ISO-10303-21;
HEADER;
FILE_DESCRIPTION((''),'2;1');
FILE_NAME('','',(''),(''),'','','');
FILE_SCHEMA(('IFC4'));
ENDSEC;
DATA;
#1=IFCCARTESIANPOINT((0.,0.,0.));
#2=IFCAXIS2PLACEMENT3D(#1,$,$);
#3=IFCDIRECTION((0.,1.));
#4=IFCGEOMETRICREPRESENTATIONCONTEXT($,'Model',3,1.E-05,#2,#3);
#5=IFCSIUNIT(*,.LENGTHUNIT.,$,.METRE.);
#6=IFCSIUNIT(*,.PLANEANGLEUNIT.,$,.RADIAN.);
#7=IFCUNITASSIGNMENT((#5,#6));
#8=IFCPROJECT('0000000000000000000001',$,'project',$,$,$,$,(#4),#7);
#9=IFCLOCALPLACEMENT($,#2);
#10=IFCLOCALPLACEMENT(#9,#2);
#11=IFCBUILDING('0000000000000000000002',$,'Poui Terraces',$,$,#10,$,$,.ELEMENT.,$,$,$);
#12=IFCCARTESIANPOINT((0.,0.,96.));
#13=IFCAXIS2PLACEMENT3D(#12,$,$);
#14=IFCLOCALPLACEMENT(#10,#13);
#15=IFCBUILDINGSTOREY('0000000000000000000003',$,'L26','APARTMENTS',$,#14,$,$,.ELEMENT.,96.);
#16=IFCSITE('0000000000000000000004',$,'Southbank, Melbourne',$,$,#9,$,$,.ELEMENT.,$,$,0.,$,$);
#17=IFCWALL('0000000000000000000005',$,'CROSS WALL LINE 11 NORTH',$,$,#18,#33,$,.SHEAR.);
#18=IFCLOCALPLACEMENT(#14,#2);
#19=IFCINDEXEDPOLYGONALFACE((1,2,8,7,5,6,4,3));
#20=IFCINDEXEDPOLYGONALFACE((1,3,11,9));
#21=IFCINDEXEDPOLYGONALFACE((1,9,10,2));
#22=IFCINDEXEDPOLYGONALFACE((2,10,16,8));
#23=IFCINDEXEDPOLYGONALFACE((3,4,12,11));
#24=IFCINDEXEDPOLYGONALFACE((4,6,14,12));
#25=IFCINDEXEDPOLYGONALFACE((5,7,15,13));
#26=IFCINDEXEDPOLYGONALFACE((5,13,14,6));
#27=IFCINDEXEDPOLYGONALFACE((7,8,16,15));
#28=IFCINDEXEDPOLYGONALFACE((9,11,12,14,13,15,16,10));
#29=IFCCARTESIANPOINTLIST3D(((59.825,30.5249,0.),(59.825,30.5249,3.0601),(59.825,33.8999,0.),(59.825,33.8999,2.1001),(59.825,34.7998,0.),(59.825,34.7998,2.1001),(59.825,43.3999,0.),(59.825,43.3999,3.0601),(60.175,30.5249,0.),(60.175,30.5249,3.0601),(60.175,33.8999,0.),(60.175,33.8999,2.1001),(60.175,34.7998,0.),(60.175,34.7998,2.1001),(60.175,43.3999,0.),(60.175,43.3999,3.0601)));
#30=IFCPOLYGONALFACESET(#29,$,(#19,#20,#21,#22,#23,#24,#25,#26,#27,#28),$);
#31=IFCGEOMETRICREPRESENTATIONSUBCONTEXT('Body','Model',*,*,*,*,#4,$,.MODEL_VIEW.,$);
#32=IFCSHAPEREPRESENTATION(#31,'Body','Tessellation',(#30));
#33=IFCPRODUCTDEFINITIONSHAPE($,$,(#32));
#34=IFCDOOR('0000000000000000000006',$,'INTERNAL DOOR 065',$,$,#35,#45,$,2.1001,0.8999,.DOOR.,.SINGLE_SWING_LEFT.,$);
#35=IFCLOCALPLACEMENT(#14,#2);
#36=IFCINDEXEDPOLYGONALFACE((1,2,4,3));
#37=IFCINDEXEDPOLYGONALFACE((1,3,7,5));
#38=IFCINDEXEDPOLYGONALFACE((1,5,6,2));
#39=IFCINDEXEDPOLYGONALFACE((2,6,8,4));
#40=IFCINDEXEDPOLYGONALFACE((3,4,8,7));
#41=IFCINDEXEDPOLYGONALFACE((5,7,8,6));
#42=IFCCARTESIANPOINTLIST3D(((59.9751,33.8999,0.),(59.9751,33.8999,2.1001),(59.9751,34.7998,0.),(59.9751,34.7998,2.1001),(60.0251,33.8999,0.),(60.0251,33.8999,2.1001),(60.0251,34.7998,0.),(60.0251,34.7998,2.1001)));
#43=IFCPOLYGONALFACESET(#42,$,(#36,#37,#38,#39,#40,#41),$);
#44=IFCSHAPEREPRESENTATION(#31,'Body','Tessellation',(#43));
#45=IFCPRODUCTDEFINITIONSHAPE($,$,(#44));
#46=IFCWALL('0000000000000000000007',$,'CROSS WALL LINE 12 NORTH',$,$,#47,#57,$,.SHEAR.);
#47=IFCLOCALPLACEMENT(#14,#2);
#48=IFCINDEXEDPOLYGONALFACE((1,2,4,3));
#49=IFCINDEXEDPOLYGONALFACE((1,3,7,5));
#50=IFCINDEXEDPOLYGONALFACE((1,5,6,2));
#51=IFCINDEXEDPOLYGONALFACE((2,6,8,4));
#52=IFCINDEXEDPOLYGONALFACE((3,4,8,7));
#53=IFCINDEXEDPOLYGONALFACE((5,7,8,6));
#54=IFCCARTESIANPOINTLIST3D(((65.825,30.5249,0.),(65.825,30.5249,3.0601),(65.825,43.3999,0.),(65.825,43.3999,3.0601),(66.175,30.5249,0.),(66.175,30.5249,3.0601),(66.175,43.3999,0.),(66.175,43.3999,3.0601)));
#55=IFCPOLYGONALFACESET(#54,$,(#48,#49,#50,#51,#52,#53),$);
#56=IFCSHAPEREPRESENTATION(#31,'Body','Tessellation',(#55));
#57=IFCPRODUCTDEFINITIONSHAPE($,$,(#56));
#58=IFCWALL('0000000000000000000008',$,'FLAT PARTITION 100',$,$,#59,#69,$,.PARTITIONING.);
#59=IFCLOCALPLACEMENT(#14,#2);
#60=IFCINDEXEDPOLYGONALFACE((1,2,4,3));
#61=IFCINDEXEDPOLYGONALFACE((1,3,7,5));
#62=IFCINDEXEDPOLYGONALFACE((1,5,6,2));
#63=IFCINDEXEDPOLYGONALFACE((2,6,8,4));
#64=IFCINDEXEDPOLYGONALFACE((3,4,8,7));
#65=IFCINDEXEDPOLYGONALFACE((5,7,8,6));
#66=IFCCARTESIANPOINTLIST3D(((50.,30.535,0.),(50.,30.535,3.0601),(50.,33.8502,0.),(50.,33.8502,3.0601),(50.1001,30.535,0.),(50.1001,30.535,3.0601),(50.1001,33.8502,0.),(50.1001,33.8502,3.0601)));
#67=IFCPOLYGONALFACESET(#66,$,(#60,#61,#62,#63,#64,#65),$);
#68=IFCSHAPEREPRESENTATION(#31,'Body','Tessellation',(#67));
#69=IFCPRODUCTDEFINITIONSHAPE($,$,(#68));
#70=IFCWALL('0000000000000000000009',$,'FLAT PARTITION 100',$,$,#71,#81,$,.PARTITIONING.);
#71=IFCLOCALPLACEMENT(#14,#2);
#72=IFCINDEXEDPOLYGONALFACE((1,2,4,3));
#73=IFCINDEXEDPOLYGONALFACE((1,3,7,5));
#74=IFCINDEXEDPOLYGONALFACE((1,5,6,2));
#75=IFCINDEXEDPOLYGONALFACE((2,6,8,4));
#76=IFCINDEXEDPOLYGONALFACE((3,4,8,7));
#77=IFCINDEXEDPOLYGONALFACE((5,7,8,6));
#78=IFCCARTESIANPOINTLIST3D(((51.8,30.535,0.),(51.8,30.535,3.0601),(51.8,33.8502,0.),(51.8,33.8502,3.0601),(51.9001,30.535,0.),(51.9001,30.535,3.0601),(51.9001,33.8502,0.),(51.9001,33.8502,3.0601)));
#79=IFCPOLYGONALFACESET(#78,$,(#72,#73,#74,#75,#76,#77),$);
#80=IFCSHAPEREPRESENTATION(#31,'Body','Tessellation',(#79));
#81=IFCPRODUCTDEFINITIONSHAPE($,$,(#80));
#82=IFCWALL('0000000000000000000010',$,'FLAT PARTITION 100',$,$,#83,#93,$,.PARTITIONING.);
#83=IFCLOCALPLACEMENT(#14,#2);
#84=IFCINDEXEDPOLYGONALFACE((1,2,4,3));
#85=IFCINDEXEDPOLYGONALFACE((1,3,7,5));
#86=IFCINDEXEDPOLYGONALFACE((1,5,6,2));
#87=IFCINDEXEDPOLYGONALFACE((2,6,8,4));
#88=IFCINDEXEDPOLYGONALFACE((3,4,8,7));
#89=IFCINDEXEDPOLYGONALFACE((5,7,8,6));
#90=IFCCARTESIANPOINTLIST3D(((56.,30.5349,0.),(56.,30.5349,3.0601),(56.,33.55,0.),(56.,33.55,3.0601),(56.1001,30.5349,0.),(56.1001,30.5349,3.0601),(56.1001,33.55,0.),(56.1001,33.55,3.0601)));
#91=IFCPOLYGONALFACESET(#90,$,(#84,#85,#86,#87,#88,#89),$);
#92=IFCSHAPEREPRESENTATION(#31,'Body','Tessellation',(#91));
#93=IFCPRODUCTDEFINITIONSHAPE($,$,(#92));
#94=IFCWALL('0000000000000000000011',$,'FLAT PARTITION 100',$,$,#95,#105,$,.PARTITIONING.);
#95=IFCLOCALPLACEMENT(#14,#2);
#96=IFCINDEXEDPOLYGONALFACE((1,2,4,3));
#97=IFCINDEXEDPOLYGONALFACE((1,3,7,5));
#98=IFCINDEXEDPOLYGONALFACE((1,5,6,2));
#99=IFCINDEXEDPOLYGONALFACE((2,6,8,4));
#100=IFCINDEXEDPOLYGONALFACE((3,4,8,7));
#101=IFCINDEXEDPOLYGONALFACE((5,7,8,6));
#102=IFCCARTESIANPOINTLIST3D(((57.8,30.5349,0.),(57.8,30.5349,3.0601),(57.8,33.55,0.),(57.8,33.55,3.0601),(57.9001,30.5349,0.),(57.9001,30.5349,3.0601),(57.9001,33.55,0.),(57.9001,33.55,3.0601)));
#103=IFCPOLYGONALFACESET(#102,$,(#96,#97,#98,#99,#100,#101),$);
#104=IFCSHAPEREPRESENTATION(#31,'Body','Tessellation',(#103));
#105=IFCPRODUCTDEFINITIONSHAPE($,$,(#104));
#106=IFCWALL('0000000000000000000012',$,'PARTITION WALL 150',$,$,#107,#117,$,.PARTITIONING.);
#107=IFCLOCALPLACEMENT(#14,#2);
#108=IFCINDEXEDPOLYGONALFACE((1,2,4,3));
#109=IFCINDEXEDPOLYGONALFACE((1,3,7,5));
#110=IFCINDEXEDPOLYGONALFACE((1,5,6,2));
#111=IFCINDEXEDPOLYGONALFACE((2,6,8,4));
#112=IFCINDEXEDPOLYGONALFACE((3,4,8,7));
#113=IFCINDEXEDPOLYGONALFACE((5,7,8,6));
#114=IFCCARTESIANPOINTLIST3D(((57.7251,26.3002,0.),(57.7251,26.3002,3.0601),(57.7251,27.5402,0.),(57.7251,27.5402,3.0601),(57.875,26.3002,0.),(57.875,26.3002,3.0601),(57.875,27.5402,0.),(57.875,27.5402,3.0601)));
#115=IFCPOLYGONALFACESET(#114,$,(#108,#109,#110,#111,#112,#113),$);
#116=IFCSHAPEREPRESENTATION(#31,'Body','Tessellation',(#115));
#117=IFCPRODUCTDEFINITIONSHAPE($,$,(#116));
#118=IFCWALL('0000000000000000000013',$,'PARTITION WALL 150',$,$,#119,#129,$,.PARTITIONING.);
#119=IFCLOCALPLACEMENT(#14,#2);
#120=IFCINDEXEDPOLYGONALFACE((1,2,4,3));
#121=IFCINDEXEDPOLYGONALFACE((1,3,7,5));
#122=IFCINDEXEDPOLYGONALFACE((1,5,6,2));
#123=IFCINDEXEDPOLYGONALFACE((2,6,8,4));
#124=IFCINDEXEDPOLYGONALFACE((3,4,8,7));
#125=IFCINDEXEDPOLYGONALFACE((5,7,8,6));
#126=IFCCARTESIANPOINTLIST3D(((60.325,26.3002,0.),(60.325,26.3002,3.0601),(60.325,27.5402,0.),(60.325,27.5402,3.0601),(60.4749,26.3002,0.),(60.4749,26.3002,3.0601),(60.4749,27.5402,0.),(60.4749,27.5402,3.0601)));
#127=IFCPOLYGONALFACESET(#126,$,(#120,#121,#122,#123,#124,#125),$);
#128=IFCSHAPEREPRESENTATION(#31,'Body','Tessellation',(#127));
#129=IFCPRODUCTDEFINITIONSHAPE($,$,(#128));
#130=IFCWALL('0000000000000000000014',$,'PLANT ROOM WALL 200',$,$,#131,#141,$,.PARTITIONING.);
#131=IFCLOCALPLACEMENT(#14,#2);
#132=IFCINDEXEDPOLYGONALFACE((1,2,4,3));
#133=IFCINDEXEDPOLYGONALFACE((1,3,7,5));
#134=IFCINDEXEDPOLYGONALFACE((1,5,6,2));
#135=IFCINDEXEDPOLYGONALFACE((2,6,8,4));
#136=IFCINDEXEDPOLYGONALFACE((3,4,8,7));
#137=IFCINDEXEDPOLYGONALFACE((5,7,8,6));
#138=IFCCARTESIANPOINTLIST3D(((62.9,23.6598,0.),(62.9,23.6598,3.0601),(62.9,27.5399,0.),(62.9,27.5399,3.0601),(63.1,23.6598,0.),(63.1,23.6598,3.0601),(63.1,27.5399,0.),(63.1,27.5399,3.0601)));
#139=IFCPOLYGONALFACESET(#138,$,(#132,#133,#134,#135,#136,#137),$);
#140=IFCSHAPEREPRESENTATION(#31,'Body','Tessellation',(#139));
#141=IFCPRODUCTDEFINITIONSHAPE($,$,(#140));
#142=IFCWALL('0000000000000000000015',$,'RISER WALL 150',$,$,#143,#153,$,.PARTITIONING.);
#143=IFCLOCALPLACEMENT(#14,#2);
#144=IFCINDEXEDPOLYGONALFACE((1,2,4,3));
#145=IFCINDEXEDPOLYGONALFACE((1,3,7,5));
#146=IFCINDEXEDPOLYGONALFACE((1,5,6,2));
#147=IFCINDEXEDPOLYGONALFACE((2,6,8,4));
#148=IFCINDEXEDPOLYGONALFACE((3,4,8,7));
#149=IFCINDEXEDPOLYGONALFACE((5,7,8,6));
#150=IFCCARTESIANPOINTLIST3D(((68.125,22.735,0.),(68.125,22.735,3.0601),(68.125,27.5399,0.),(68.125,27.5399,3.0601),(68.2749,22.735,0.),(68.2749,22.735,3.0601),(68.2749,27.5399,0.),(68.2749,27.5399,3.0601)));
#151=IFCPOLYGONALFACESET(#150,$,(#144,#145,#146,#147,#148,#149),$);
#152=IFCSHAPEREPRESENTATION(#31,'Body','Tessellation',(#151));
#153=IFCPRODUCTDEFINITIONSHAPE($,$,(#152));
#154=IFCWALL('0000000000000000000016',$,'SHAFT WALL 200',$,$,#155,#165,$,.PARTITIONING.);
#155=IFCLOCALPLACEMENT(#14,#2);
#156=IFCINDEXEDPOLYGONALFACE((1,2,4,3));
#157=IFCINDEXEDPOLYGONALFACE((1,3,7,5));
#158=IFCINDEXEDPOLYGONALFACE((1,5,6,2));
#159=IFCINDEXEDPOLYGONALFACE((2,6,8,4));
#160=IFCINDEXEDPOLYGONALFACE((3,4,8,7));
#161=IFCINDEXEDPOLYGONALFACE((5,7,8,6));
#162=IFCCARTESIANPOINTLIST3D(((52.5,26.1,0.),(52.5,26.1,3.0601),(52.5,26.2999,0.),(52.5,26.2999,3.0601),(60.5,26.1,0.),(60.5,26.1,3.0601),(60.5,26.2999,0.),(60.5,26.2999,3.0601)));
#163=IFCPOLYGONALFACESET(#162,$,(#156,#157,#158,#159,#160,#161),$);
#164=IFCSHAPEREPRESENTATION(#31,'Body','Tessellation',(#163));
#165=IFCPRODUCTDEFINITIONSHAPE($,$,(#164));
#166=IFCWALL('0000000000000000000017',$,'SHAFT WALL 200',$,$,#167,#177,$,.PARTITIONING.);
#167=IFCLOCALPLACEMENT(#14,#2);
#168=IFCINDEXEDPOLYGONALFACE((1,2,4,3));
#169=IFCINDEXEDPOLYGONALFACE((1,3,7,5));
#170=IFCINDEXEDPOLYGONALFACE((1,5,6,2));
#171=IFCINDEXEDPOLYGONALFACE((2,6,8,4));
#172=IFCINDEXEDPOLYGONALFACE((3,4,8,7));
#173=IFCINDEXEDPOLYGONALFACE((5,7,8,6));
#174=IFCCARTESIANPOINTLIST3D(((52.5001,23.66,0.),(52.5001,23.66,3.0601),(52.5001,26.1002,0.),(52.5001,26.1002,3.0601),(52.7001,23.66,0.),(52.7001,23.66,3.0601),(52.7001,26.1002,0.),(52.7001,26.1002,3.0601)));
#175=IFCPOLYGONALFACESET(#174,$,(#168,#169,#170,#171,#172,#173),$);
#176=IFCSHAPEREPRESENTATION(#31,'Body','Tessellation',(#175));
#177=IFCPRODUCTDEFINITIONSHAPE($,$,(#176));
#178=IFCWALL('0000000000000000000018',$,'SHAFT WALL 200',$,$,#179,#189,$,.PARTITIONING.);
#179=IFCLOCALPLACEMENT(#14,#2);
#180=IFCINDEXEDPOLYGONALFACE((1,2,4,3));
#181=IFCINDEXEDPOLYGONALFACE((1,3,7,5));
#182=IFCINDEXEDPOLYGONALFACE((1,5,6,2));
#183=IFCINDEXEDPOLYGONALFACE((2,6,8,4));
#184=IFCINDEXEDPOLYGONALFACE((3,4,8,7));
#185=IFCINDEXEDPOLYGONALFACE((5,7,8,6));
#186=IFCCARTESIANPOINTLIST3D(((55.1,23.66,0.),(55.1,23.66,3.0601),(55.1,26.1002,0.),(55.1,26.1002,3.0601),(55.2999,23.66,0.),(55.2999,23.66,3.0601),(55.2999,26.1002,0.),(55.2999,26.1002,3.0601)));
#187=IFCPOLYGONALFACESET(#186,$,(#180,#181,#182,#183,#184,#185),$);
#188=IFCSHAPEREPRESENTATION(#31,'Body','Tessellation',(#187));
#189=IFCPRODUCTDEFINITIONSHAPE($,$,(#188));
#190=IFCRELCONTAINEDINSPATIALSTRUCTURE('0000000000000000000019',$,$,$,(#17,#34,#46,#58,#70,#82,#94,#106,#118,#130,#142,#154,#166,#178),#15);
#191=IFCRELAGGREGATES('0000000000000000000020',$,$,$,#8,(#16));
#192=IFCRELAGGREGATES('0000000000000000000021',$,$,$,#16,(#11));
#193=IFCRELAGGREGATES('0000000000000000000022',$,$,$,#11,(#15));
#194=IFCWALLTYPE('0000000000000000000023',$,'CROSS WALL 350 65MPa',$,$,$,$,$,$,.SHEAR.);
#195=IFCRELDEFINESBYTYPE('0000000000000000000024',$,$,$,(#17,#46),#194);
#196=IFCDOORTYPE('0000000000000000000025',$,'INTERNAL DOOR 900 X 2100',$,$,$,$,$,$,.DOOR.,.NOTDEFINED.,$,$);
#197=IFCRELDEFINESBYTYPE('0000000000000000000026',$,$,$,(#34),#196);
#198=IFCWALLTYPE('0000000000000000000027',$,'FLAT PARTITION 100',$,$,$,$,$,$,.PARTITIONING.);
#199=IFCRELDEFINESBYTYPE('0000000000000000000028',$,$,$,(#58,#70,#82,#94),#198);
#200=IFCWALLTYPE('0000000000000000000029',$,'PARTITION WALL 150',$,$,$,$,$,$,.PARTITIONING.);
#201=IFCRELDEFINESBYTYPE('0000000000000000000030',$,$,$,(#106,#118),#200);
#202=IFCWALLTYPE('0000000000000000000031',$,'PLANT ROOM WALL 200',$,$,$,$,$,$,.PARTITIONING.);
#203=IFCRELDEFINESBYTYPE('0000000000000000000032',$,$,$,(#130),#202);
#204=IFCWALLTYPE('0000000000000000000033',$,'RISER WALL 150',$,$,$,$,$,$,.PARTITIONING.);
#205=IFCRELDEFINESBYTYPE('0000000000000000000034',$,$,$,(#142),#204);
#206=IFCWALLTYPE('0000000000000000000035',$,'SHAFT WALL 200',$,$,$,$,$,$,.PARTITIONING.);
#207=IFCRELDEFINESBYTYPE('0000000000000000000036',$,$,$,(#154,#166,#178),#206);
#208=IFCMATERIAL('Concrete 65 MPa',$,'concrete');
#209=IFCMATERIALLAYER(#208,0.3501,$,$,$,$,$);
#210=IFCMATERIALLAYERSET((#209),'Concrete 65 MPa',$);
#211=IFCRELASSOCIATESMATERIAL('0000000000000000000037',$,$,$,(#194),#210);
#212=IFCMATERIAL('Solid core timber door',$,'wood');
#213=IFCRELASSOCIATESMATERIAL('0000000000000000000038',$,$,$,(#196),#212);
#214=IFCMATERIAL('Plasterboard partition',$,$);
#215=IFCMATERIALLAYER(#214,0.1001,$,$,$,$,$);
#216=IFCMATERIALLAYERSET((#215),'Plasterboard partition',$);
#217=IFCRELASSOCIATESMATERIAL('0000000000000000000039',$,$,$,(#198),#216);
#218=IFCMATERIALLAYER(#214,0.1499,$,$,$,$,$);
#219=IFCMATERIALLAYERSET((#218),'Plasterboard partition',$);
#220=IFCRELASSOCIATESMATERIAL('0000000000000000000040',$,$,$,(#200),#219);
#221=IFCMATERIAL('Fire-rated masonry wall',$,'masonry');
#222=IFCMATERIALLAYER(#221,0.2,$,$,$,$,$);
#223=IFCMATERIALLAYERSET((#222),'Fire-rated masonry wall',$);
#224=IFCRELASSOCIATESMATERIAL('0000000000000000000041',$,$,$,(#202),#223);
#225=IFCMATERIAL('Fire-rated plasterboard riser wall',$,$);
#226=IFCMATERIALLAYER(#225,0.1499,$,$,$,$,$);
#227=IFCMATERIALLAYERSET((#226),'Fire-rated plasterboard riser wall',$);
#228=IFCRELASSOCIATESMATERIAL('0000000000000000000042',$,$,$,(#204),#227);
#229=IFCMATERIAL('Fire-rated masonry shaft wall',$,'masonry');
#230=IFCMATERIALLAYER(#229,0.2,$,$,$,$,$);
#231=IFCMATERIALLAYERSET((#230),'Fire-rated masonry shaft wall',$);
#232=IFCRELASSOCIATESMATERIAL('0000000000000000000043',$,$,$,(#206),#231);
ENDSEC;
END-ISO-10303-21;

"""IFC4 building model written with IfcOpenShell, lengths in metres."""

from ifc_helpers import new_model, si_unit, direction, frame, frame_2d, origin, place, context, subcontext, project, spatial, rectangle, extrude, material, layer, layer_set, type_object, element, fill, save


model = new_model("IFC4")

# Units and contexts
model_context = context("Model", 3, precision=1e-05, world=origin(), true_north=direction((0.0, 1.0)))
body_context = subcontext(model_context, "Body", "Model", "MODEL_VIEW")
ifc_project = project(units=[si_unit("LENGTHUNIT", "METRE"), si_unit("PLANEANGLEUNIT", "RADIAN")], contexts=[model_context])

# Site, building, storey
site_placement = place(None, origin())
site = spatial("IfcSite", under=ifc_project, at=site_placement, Name="Southbank, Melbourne", CompositionType="ELEMENT", RefElevation=0.0)
building_placement = place(site_placement, origin())
building = spatial("IfcBuilding", under=site, at=building_placement, Name="Poui Terraces", CompositionType="ELEMENT")
storey_placement = place(building_placement, frame((0.0, 0.0, 96.0)))
storey = spatial("IfcBuildingStorey", under=building, at=storey_placement, Name="L26", Description="APARTMENTS", CompositionType="ELEMENT", Elevation=96.0)

# Shared definitions
ifc_material_1 = material(Name="Concrete 65 MPa", Category="concrete")

# Shared definitions
ifc_layer_1 = layer(ifc_material_1, 0.3501)
ifc_layer_set_1 = layer_set([ifc_layer_1], Name="Concrete 65 MPa")
wall_type_1 = type_object("IfcWallType", Name="CROSS WALL 350 65MPa", PredefinedType="SHEAR", material=ifc_layer_set_1)

# Wall, opening, door
wall_1_placement = place(storey_placement, frame((60.0, 30.5249, 0.0), z_axis=(0.0, 0.0, 1.0), x_axis=(0.0, 1.0, 0.0)))
wall_1 = element("IfcWall", 1, at=wall_1_placement, inside=storey, type_object=wall_type_1, Name="CROSS WALL LINE 11 NORTH", PredefinedType="SHEAR", context=body_context, shape_type="SweptSolid", body=[
    extrude(rectangle(XDim=12.875, YDim=0.3501, at=frame_2d((6.4375, 0.0))), origin(), (0.0, 0.0, 1.0), 3.0601),
])
opening_1_placement = place(wall_1_placement, frame((3.375, 0.0, 0.0)))
opening_1 = element("IfcOpeningElement", 2, at=opening_1_placement, cuts=wall_1, PredefinedType="OPENING", context=body_context, shape_type="SweptSolid", body=[
    extrude(rectangle(XDim=0.8999, YDim=2.1001, at=frame_2d((0.45, 1.05))), frame((0.0, 0.1851, 0.0), z_axis=(0.0, -1.0, 0.0), x_axis=(1.0, 0.0, 0.0)), (0.0, 0.0, 1.0), 0.3701),
])
ifc_material_2 = material(Name="Solid core timber door", Category="wood")
door_type_1 = type_object("IfcDoorType", Name="INTERNAL DOOR 900 X 2100", OperationType="NOTDEFINED", PredefinedType="DOOR", material=ifc_material_2)
door_1_placement = place(opening_1_placement, origin())
door_1 = element("IfcDoor", 3, at=door_1_placement, inside=storey, type_object=door_type_1, Name="INTERNAL DOOR 065", OperationType="SINGLE_SWING_LEFT", OverallHeight=2.1001, OverallWidth=0.8999, PredefinedType="DOOR", context=body_context, shape_type="SweptSolid", body=[
    extrude(rectangle(XDim=0.8999, YDim=2.1001, at=frame_2d((0.45, 1.05))), frame((0.0, 0.0249, 0.0), z_axis=(0.0, -1.0, 0.0), x_axis=(1.0, 0.0, 0.0)), (0.0, 0.0, 1.0), 0.05),
])
fill(opening_1, door_1)

# Walls
wall_2_placement = place(storey_placement, frame((66.0, 30.5249, 0.0), z_axis=(0.0, 0.0, 1.0), x_axis=(0.0, 1.0, 0.0)))
element("IfcWall", 4, at=wall_2_placement, inside=storey, type_object=wall_type_1, Name="CROSS WALL LINE 12 NORTH", PredefinedType="SHEAR", context=body_context, shape_type="SweptSolid", body=[
    extrude(rectangle(XDim=12.875, YDim=0.3501, at=frame_2d((6.4375, 0.0))), origin(), (0.0, 0.0, 1.0), 3.0601),
])
ifc_material_3 = material(Name="Plasterboard partition")
ifc_layer_2 = layer(ifc_material_3, 0.1001)
ifc_layer_set_2 = layer_set([ifc_layer_2], Name="Plasterboard partition")
wall_type_2 = type_object("IfcWallType", Name="FLAT PARTITION 100", PredefinedType="PARTITIONING", material=ifc_layer_set_2)
for number, where, z_axis, x_axis, name in (
    (5, (50.05, 30.5349, 0.0), (0.0, 0.0, 1.0), (0.0, 1.0, 0.0), "FLAT PARTITION 100"),
    (6, (51.8501, 30.5349, 0.0), (0.0, 0.0, 1.0), (0.0, 1.0, 0.0), "FLAT PARTITION 100"),
):
    element("IfcWall", number, at=place(storey_placement, frame(where, z_axis=z_axis, x_axis=x_axis)), inside=storey, type_object=wall_type_2, Name=name, PredefinedType="PARTITIONING", context=body_context, shape_type="SweptSolid", body=[
        extrude(rectangle(XDim=3.3152, YDim=0.1001, at=frame_2d((1.6577, 0.0))), origin(), (0.0, 0.0, 1.0), 3.0601),
    ])
for number, where, z_axis, x_axis, name in (
    (7, (56.05, 30.5349, 0.0), (0.0, 0.0, 1.0), (0.0, 1.0, 0.0), "FLAT PARTITION 100"),
    (8, (57.8501, 30.5349, 0.0), (0.0, 0.0, 1.0), (0.0, 1.0, 0.0), "FLAT PARTITION 100"),
):
    element("IfcWall", number, at=place(storey_placement, frame(where, z_axis=z_axis, x_axis=x_axis)), inside=storey, type_object=wall_type_2, Name=name, PredefinedType="PARTITIONING", context=body_context, shape_type="SweptSolid", body=[
        extrude(rectangle(XDim=3.0151, YDim=0.1001, at=frame_2d((1.5076, 0.0))), origin(), (0.0, 0.0, 1.0), 3.0601),
    ])
ifc_layer_3 = layer(ifc_material_3, 0.1499)
ifc_layer_set_3 = layer_set([ifc_layer_3], Name="Plasterboard partition")
wall_type_3 = type_object("IfcWallType", Name="PARTITION WALL 150", PredefinedType="PARTITIONING", material=ifc_layer_set_3)
for number, where, z_axis, x_axis, name in (
    (9, (57.8, 26.3, 0.0), (0.0, 0.0, 1.0), (0.0, 1.0, 0.0), "PARTITION WALL 150"),
    (10, (60.3999, 26.3, 0.0), (0.0, 0.0, 1.0), (0.0, 1.0, 0.0), "PARTITION WALL 150"),
):
    element("IfcWall", number, at=place(storey_placement, frame(where, z_axis=z_axis, x_axis=x_axis)), inside=storey, type_object=wall_type_3, Name=name, PredefinedType="PARTITIONING", context=body_context, shape_type="SweptSolid", body=[
        extrude(rectangle(XDim=1.24, YDim=0.1499, at=frame_2d((0.6201, 0.0))), origin(), (0.0, 0.0, 1.0), 3.0601),
    ])
ifc_material_4 = material(Name="Fire-rated masonry wall", Category="masonry")
ifc_layer_4 = layer(ifc_material_4, 0.2)
ifc_layer_set_4 = layer_set([ifc_layer_4], Name="Fire-rated masonry wall")
wall_type_4 = type_object("IfcWallType", Name="PLANT ROOM WALL 200", PredefinedType="PARTITIONING", material=ifc_layer_set_4)
wall_3_placement = place(storey_placement, frame((63.0, 23.6599, 0.0), z_axis=(0.0, 0.0, 1.0), x_axis=(0.0, 1.0, 0.0)))
element("IfcWall", 11, at=wall_3_placement, inside=storey, type_object=wall_type_4, Name="PLANT ROOM WALL 200", PredefinedType="PARTITIONING", context=body_context, shape_type="SweptSolid", body=[
    extrude(rectangle(XDim=3.8801, YDim=0.2, at=frame_2d((1.9399, 0.0))), origin(), (0.0, 0.0, 1.0), 3.0601),
])
ifc_material_5 = material(Name="Fire-rated plasterboard riser wall")
ifc_layer_5 = layer(ifc_material_5, 0.1499)
ifc_layer_set_5 = layer_set([ifc_layer_5], Name="Fire-rated plasterboard riser wall")
wall_type_5 = type_object("IfcWallType", Name="RISER WALL 150", PredefinedType="PARTITIONING", material=ifc_layer_set_5)
wall_4_placement = place(storey_placement, frame((68.2, 22.7351, 0.0), z_axis=(0.0, 0.0, 1.0), x_axis=(0.0, 1.0, 0.0)))
element("IfcWall", 12, at=wall_4_placement, inside=storey, type_object=wall_type_5, Name="RISER WALL 150", PredefinedType="PARTITIONING", context=body_context, shape_type="SweptSolid", body=[
    extrude(rectangle(XDim=4.8049, YDim=0.1499, at=frame_2d((2.4023, 0.0))), origin(), (0.0, 0.0, 1.0), 3.0601),
])
ifc_material_6 = material(Name="Fire-rated masonry shaft wall", Category="masonry")
ifc_layer_6 = layer(ifc_material_6, 0.2)
ifc_layer_set_6 = layer_set([ifc_layer_6], Name="Fire-rated masonry shaft wall")
wall_type_6 = type_object("IfcWallType", Name="SHAFT WALL 200", PredefinedType="PARTITIONING", material=ifc_layer_set_6)
wall_5_placement = place(storey_placement, frame((52.5, 26.2, 0.0), z_axis=(0.0, 0.0, 1.0), x_axis=(1.0, 0.0, 0.0)))
element("IfcWall", 13, at=wall_5_placement, inside=storey, type_object=wall_type_6, Name="SHAFT WALL 200", PredefinedType="PARTITIONING", context=body_context, shape_type="SweptSolid", body=[
    extrude(rectangle(XDim=8.0, YDim=0.2, at=frame_2d((4.0, 0.0))), origin(), (0.0, 0.0, 1.0), 3.0601),
])
for number, where, z_axis, x_axis, name in (
    (14, (52.6001, 23.6599, 0.0), (0.0, 0.0, 1.0), (0.0, 1.0, 0.0), "SHAFT WALL 200"),
    (15, (55.2, 23.6599, 0.0), (0.0, 0.0, 1.0), (0.0, 1.0, 0.0), "SHAFT WALL 200"),
):
    element("IfcWall", number, at=place(storey_placement, frame(where, z_axis=z_axis, x_axis=x_axis)), inside=storey, type_object=wall_type_6, Name=name, PredefinedType="PARTITIONING", context=body_context, shape_type="SweptSolid", body=[
        extrude(rectangle(XDim=2.4402, YDim=0.2, at=frame_2d((1.2202, 0.0))), origin(), (0.0, 0.0, 1.0), 3.0601),
    ])

save(model, "model.ifc")
